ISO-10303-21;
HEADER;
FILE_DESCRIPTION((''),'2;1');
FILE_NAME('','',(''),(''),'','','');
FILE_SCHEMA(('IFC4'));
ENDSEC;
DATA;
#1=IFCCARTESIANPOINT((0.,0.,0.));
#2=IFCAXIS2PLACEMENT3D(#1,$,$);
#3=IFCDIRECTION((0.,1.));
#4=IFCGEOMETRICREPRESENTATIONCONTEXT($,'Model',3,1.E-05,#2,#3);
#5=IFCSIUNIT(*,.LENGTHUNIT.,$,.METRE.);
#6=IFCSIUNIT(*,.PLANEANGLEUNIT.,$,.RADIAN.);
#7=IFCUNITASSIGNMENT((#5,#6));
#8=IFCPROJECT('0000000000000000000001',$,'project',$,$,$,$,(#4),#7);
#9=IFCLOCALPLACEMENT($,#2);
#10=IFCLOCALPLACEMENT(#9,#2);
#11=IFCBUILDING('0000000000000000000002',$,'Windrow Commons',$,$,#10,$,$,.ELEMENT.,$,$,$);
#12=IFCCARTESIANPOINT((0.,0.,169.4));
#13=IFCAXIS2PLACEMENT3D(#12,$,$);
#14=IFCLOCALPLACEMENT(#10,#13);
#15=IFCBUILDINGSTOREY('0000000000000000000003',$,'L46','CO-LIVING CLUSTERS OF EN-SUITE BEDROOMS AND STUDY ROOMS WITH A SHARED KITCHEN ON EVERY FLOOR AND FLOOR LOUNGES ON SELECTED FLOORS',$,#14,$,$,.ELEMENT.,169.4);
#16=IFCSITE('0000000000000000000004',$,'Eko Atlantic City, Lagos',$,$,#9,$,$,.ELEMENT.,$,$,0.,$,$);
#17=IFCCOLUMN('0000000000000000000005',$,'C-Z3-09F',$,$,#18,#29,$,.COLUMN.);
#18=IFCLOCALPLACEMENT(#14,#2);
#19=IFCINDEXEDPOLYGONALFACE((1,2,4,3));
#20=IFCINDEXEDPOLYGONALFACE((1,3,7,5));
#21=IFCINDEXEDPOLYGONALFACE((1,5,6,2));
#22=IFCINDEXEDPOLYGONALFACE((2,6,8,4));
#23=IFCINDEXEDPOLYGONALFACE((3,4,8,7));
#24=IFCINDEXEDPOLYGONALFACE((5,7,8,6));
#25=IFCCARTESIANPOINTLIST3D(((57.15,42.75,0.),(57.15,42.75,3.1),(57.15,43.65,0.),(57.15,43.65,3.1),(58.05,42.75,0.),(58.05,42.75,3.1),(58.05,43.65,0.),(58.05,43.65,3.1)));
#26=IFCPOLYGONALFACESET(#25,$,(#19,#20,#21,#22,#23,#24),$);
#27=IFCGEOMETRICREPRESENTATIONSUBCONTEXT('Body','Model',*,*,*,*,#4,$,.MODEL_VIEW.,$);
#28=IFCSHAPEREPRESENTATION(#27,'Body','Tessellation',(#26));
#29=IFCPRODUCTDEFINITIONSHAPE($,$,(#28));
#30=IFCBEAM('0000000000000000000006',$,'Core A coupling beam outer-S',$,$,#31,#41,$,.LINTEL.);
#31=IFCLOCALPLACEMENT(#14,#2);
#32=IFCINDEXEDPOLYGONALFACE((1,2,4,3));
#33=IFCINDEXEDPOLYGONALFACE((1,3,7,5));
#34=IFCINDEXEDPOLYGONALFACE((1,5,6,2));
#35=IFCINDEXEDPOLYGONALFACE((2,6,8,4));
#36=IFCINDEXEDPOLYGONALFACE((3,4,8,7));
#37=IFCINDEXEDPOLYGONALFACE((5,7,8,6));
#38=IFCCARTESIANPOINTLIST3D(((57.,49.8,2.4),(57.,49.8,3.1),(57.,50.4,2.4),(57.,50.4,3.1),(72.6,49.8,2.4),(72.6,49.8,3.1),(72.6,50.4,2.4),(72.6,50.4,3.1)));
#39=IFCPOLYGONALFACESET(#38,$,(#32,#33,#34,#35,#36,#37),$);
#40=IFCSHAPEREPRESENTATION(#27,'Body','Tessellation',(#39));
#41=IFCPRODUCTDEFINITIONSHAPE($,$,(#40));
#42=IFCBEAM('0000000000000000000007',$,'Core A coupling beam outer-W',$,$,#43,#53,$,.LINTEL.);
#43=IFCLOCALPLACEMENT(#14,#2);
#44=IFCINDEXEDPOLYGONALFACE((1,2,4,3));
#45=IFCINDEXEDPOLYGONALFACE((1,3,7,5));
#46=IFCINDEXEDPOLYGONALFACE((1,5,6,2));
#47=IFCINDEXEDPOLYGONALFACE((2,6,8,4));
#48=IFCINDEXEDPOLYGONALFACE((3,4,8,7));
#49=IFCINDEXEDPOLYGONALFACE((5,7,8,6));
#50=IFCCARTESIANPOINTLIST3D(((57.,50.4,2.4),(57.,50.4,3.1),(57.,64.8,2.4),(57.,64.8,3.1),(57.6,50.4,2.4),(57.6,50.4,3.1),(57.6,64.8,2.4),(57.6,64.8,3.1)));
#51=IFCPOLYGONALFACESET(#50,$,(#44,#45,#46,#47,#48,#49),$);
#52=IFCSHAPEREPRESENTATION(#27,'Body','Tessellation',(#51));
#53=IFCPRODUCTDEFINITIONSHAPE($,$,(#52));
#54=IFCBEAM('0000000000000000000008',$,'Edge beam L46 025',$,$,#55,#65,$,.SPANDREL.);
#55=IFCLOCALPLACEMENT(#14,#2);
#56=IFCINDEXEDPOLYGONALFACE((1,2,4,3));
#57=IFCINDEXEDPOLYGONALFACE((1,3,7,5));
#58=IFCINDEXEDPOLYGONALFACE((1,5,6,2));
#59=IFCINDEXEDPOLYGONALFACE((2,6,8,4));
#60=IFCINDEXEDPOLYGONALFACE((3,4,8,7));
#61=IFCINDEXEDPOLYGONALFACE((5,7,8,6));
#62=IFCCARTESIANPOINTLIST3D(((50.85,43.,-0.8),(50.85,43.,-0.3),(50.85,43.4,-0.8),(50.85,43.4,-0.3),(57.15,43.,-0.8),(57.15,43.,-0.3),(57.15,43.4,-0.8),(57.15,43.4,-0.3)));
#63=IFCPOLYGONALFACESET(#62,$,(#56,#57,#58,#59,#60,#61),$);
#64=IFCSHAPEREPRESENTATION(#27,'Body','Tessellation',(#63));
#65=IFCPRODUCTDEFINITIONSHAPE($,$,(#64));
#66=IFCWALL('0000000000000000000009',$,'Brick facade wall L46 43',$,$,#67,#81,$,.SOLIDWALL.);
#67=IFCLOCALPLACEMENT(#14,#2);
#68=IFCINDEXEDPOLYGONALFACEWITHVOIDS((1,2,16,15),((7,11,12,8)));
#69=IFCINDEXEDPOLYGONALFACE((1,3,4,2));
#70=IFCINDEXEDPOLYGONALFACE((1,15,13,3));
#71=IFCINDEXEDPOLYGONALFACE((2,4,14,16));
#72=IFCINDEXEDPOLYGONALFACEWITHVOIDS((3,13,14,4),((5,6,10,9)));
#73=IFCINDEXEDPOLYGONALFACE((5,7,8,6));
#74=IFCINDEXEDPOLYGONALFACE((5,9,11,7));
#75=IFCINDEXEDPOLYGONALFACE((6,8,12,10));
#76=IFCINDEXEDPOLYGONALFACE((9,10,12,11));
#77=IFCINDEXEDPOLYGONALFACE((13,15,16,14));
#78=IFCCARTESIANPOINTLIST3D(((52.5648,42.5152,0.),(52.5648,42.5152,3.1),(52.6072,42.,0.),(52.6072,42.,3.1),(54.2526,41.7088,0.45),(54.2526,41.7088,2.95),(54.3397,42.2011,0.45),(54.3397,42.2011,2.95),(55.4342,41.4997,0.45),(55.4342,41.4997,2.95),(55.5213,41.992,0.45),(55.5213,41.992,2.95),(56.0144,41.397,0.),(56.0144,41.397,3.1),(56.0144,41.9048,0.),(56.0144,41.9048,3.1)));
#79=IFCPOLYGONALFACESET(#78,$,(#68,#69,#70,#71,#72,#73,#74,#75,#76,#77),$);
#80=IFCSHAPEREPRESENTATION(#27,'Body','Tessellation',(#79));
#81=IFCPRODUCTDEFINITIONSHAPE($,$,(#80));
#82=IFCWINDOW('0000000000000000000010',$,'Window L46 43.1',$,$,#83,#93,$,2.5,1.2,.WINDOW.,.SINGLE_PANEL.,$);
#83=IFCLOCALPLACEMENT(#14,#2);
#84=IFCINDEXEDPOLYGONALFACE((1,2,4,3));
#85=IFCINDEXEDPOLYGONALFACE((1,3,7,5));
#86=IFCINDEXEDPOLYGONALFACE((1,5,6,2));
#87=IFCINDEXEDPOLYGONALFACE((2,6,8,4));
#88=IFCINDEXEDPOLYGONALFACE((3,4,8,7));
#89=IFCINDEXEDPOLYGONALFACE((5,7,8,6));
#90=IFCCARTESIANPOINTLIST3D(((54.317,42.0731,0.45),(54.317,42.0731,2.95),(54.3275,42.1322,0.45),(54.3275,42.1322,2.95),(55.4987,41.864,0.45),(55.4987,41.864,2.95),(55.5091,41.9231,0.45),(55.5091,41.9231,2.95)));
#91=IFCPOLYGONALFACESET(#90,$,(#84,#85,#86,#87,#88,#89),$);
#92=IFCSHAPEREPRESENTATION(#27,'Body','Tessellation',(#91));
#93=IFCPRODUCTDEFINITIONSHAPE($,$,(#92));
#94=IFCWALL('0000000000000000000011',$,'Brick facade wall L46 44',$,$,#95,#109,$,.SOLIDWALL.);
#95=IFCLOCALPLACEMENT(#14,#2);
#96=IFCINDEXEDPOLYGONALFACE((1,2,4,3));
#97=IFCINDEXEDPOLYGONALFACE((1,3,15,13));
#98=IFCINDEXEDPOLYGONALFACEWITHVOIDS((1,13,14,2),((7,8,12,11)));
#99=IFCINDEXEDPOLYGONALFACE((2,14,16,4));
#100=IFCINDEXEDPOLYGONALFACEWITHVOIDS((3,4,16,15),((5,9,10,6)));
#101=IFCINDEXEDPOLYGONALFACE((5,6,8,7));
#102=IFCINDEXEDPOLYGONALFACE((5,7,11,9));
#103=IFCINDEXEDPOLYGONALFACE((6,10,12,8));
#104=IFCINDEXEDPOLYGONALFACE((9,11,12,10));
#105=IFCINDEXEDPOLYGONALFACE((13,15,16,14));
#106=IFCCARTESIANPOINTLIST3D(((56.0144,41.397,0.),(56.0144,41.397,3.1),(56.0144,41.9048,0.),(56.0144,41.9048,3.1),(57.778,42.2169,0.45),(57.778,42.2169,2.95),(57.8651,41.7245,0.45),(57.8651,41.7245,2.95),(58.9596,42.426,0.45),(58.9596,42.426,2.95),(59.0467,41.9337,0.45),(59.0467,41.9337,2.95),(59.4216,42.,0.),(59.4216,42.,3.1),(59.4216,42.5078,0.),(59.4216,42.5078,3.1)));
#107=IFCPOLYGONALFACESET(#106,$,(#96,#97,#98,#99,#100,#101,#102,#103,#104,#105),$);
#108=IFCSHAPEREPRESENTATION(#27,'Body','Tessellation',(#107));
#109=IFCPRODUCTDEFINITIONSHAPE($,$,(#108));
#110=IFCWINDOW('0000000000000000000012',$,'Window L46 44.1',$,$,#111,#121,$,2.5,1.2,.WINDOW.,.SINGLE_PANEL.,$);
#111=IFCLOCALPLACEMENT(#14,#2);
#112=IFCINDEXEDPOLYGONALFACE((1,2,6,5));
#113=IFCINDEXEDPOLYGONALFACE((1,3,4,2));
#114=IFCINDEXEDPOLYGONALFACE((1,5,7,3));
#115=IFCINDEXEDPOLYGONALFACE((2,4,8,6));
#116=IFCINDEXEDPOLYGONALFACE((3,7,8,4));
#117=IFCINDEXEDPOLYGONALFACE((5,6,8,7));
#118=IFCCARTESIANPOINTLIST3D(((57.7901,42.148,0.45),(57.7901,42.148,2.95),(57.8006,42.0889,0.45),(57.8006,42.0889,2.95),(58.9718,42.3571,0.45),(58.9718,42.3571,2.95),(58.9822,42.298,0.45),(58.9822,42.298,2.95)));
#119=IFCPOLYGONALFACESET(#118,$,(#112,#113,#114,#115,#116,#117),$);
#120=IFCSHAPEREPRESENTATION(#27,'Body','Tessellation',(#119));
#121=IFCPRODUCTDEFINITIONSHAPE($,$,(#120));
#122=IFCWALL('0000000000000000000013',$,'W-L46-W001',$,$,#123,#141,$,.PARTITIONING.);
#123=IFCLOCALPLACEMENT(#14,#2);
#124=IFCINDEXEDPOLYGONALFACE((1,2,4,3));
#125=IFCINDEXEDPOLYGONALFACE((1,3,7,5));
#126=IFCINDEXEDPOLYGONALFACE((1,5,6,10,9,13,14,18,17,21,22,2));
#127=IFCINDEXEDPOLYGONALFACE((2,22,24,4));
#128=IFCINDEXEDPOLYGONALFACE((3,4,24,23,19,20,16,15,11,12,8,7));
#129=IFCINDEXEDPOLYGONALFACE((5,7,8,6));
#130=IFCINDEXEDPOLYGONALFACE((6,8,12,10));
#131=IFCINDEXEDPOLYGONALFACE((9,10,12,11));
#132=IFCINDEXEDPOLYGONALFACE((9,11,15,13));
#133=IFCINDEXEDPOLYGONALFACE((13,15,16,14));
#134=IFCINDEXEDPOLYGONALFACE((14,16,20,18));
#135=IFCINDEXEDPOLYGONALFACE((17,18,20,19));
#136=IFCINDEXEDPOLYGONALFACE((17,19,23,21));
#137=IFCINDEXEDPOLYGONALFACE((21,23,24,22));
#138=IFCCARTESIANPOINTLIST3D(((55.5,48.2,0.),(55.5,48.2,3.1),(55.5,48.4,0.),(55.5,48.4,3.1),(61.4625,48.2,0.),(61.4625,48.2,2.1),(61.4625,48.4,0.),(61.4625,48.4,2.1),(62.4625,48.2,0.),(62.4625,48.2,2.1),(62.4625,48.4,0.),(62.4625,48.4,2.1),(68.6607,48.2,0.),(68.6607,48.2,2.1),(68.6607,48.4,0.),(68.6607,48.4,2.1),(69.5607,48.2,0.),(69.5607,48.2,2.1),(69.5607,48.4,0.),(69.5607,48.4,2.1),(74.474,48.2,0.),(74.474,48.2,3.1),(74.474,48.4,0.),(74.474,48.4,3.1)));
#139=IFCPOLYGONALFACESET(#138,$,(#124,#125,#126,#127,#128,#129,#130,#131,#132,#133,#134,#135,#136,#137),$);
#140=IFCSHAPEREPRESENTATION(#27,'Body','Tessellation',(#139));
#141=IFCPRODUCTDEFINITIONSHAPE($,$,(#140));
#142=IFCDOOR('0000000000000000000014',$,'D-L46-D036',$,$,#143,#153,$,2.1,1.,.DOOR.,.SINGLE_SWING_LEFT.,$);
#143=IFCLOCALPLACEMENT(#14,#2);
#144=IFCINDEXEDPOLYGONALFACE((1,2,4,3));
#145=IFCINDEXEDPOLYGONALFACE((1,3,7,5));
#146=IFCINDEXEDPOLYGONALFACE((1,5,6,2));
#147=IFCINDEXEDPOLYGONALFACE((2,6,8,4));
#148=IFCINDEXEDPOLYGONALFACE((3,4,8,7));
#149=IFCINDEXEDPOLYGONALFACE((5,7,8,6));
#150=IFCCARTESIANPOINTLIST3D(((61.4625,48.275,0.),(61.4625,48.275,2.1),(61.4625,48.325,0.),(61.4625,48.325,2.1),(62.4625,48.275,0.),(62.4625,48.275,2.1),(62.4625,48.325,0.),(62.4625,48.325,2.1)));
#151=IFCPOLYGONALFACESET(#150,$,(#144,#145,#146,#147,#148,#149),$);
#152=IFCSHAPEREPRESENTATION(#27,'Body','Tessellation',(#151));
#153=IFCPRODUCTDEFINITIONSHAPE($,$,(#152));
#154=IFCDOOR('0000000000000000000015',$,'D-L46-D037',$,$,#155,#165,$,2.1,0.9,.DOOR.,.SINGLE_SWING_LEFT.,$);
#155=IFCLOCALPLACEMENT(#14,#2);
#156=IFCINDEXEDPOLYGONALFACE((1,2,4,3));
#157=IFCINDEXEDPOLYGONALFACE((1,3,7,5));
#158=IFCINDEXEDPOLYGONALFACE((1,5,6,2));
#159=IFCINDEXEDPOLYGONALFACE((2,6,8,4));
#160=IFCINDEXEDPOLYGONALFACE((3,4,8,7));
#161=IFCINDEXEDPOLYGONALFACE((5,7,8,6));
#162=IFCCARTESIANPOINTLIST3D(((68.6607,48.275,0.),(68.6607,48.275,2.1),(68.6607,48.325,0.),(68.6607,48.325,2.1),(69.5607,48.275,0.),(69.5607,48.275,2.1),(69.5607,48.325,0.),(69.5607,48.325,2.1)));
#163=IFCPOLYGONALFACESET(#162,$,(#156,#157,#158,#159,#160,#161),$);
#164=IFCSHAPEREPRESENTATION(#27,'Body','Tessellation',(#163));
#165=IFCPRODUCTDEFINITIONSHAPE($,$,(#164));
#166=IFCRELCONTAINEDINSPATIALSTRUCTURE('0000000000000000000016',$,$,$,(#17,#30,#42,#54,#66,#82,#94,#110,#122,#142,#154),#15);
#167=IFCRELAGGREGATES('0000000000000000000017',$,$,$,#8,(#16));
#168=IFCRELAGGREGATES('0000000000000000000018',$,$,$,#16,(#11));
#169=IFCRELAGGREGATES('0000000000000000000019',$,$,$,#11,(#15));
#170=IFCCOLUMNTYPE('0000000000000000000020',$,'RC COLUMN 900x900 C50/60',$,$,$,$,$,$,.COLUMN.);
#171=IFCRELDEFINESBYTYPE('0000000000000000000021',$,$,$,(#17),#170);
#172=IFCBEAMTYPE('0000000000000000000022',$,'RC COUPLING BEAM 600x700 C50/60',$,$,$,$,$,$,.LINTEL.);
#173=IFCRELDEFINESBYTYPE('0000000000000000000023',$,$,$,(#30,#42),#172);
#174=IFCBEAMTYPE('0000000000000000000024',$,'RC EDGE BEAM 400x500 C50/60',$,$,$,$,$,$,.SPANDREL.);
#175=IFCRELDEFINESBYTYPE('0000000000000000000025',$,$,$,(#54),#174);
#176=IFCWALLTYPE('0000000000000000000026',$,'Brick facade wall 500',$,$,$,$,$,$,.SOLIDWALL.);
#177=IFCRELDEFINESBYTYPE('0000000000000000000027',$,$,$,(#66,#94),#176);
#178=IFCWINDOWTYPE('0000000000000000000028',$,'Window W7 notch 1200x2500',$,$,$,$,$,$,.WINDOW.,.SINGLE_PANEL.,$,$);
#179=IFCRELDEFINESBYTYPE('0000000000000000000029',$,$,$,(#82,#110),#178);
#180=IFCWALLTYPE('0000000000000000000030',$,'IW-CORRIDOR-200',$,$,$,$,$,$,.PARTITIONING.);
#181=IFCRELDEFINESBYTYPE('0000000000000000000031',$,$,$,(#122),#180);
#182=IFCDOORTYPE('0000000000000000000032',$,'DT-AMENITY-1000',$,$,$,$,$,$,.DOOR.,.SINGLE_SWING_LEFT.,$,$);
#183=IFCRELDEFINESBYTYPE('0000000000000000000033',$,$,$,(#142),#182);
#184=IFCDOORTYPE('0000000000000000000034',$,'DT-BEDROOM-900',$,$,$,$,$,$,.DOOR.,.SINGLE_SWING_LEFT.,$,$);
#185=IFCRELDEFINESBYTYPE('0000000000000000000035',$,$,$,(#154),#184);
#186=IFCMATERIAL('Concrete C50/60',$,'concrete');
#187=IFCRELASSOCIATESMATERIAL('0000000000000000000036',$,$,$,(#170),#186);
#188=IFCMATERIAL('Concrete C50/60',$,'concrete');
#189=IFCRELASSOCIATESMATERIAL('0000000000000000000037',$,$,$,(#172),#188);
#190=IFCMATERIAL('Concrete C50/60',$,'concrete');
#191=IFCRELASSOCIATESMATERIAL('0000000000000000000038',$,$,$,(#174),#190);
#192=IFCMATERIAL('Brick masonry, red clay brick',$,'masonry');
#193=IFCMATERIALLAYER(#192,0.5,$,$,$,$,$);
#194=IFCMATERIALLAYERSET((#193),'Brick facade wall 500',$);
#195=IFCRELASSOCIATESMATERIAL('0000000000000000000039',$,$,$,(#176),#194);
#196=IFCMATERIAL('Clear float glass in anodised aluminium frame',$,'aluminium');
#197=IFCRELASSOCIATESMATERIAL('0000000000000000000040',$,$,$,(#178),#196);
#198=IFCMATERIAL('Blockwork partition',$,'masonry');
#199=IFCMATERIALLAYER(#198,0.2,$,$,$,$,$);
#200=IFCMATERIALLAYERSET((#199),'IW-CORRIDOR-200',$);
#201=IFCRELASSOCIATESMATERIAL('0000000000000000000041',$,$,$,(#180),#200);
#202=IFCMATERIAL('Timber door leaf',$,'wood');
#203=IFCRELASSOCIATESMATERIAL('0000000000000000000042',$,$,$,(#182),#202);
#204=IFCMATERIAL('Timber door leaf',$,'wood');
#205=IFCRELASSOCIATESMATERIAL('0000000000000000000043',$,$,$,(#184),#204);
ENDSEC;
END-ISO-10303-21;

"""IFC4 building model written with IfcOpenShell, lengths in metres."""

from ifc_helpers import new_model, si_unit, direction, frame, frame_2d, origin, origin_2d, place, context, subcontext, project, spatial, polyline, rectangle, outline, extrude, material, layer, layer_set, material_profile, profile_set, type_object, element, fill, save


model = new_model("IFC4")

# Units and contexts
model_context = context("Model", 3, precision=1e-05, world=origin(), true_north=direction((0.0, 1.0)))
body_context = subcontext(model_context, "Body", "Model", "MODEL_VIEW")
ifc_project = project(units=[si_unit("LENGTHUNIT", "METRE"), si_unit("PLANEANGLEUNIT", "RADIAN")], contexts=[model_context])

# Site, building, storey
site_placement = place(None, origin())
site = spatial("IfcSite", under=ifc_project, at=site_placement, Name="Eko Atlantic City, Lagos", CompositionType="ELEMENT", RefElevation=0.0)
building_placement = place(site_placement, origin())
building = spatial("IfcBuilding", under=site, at=building_placement, Name="Windrow Commons", CompositionType="ELEMENT")
storey_placement = place(building_placement, frame((0.0, 0.0, 169.4)))
storey = spatial("IfcBuildingStorey", under=building, at=storey_placement, Name="L46", Description="CO-LIVING CLUSTERS OF EN-SUITE BEDROOMS AND STUDY ROOMS WITH A SHARED KITCHEN ON EVERY FLOOR AND FLOOR LOUNGES ON SELECTED FLOORS", CompositionType="ELEMENT", Elevation=169.4)

# Column
ifc_material_1 = material(Name="Concrete C50/60", Category="concrete")
ifc_material_profile_1 = material_profile(ifc_material_1, rectangle(XDim=0.9, YDim=0.9, at=origin_2d()))
ifc_profile_set_1 = profile_set([ifc_material_profile_1], Name="Concrete C50/60")
column_type = type_object("IfcColumnType", Name="RC COLUMN 900x900 C50/60", PredefinedType="COLUMN", material=ifc_profile_set_1)
column_placement = place(storey_placement, frame((57.6, 43.2, 0.0), z_axis=(0.0, 0.0, 1.0), x_axis=(1.0, 0.0, 0.0)))
element("IfcColumn", 1, at=column_placement, inside=storey, type_object=column_type, Name="C-Z3-09F", PredefinedType="COLUMN", context=body_context, shape_type="SweptSolid", body=[
    extrude(rectangle(XDim=0.9, YDim=0.9, at=origin_2d()), origin(), (0.0, 0.0, 1.0), 3.1),
])

# Beams
ifc_material_2 = material(Name="Concrete C50/60", Category="concrete")
ifc_material_profile_2 = material_profile(ifc_material_2, rectangle(XDim=0.6, YDim=0.7, at=origin_2d()))
ifc_profile_set_2 = profile_set([ifc_material_profile_2], Name="Concrete C50/60")
beam_type_1 = type_object("IfcBeamType", Name="RC COUPLING BEAM 600x700 C50/60", PredefinedType="LINTEL", material=ifc_profile_set_2)
beam_1_placement = place(storey_placement, frame((57.0, 50.1, 2.75), z_axis=(1.0, 0.0, 0.0), x_axis=(0.0, 1.0, 0.0)))
element("IfcBeam", 2, at=beam_1_placement, inside=storey, type_object=beam_type_1, Name="Core A coupling beam outer-S", PredefinedType="LINTEL", context=body_context, shape_type="SweptSolid", body=[
    extrude(rectangle(XDim=0.6, YDim=0.7, at=origin_2d()), origin(), (0.0, 0.0, 1.0), 15.6),
])
beam_2_placement = place(storey_placement, frame((57.3, 50.4, 2.75), z_axis=(0.0, 1.0, 0.0), x_axis=(-1.0, 0.0, 0.0)))
element("IfcBeam", 3, at=beam_2_placement, inside=storey, type_object=beam_type_1, Name="Core A coupling beam outer-W", PredefinedType="LINTEL", context=body_context, shape_type="SweptSolid", body=[
    extrude(rectangle(XDim=0.6, YDim=0.7, at=origin_2d()), origin(), (0.0, 0.0, 1.0), 14.4),
])
ifc_material_3 = material(Name="Concrete C50/60", Category="concrete")
ifc_material_profile_3 = material_profile(ifc_material_3, rectangle(XDim=0.4, YDim=0.5, at=origin_2d()))
ifc_profile_set_3 = profile_set([ifc_material_profile_3], Name="Concrete C50/60")
beam_type_2 = type_object("IfcBeamType", Name="RC EDGE BEAM 400x500 C50/60", PredefinedType="SPANDREL", material=ifc_profile_set_3)
beam_3_placement = place(storey_placement, frame((57.15, 43.2, -0.55), z_axis=(-1.0, 0.0, 0.0), x_axis=(0.0, -1.0, 0.0)))
element("IfcBeam", 4, at=beam_3_placement, inside=storey, type_object=beam_type_2, Name="Edge beam L46 025", PredefinedType="SPANDREL", context=body_context, shape_type="SweptSolid", body=[
    extrude(rectangle(XDim=0.4, YDim=0.5, at=origin_2d()), origin(), (0.0, 0.0, 1.0), 6.3),
])

# Walls, openings, windows
ifc_material_4 = material(Name="Brick masonry, red clay brick", Category="masonry")
ifc_layer_1 = layer(ifc_material_4, 0.5)
ifc_layer_set_1 = layer_set([ifc_layer_1], Name="Brick facade wall 500")
wall_type_1 = type_object("IfcWallType", Name="Brick facade wall 500", PredefinedType="SOLIDWALL", material=ifc_layer_set_1)
wall_1_placement = place(storey_placement, frame((52.586, 42.2576, 0.0), z_axis=(0.0, 0.0, 1.0), x_axis=(0.9847, -0.174256, 0.0)))
wall_1 = element("IfcWall", 5, at=wall_1_placement, inside=storey, type_object=wall_type_1, Name="Brick facade wall L46 43", PredefinedType="SOLIDWALL", context=body_context, shape_type="SweptSolid", body=[
    extrude(outline(polyline([(0.0658, -0.25), (3.5259, -0.25), (3.4374, 0.25), (-0.0658, 0.25), (0.0658, -0.25)])), origin(), (0.0, 0.0, 1.0), 3.1),
])
opening_1_placement = place(wall_1_placement, frame((1.7367, 0.0, 0.45)))
opening_1 = element("IfcOpeningElement", 6, at=opening_1_placement, cuts=wall_1, PredefinedType="OPENING", context=body_context, shape_type="SweptSolid", body=[
    extrude(rectangle(XDim=1.2, YDim=2.5, at=frame_2d((0.6, 1.25))), frame((0.0, 0.26, 0.0), z_axis=(0.0, -1.0, 0.0), x_axis=(1.0, 0.0, 0.0)), (0.0, 0.0, 1.0), 0.52),
])
ifc_material_5 = material(Name="Clear float glass in anodised aluminium frame", Category="aluminium")
window_type = type_object("IfcWindowType", Name="Window W7 notch 1200x2500", PartitioningType="SINGLE_PANEL", PredefinedType="WINDOW", material=ifc_material_5)
window_1_placement = place(opening_1_placement, origin())
window_1 = element("IfcWindow", 7, at=window_1_placement, inside=storey, type_object=window_type, Name="Window L46 43.1", OverallHeight=2.5, OverallWidth=1.2, PartitioningType="SINGLE_PANEL", PredefinedType="WINDOW", context=body_context, shape_type="SweptSolid", body=[
    extrude(rectangle(XDim=1.2, YDim=2.5, at=frame_2d((0.6, 1.25))), frame((0.0, 0.18, 0.0), z_axis=(0.0, -1.0, 0.0), x_axis=(1.0, 0.0, 0.0)), (0.0, 0.0, 1.0), 0.06),
])
fill(opening_1, window_1)
wall_2_placement = place(storey_placement, frame((56.0144, 41.6509, 0.0), z_axis=(0.0, 0.0, 1.0), x_axis=(0.984698, 0.17427, 0.0)))
wall_2 = element("IfcWall", 8, at=wall_2_placement, inside=storey, type_object=wall_type_1, Name="Brick facade wall L46 44", PredefinedType="SOLIDWALL", context=body_context, shape_type="SweptSolid", body=[
    extrude(outline(polyline([(-0.0442, -0.25), (3.4159, -0.25), (3.5044, 0.25), (0.0442, 0.25), (-0.0442, -0.25)])), origin(), (0.0, 0.0, 1.0), 3.1),
])
opening_2_placement = place(wall_2_placement, frame((1.8352, 0.0, 0.45)))
opening_2 = element("IfcOpeningElement", 9, at=opening_2_placement, cuts=wall_2, PredefinedType="OPENING", context=body_context, shape_type="SweptSolid", body=[
    extrude(rectangle(XDim=1.2, YDim=2.5, at=frame_2d((0.6, 1.25))), frame((0.0, 0.26, 0.0), z_axis=(0.0, -1.0, 0.0), x_axis=(1.0, 0.0, 0.0)), (0.0, 0.0, 1.0), 0.52),
])
window_2_placement = place(opening_2_placement, origin())
window_2 = element("IfcWindow", 10, at=window_2_placement, inside=storey, type_object=window_type, Name="Window L46 44.1", OverallHeight=2.5, OverallWidth=1.2, PartitioningType="SINGLE_PANEL", PredefinedType="WINDOW", context=body_context, shape_type="SweptSolid", body=[
    extrude(rectangle(XDim=1.2, YDim=2.5, at=frame_2d((0.6, 1.25))), frame((0.0, 0.18, 0.0), z_axis=(0.0, -1.0, 0.0), x_axis=(1.0, 0.0, 0.0)), (0.0, 0.0, 1.0), 0.06),
])
fill(opening_2, window_2)

# Wall, openings, doors
ifc_material_6 = material(Name="Blockwork partition", Category="masonry")
ifc_layer_2 = layer(ifc_material_6, 0.2)
ifc_layer_set_2 = layer_set([ifc_layer_2], Name="IW-CORRIDOR-200")
wall_type_2 = type_object("IfcWallType", Name="IW-CORRIDOR-200", PredefinedType="PARTITIONING", material=ifc_layer_set_2)
wall_3_placement = place(storey_placement, frame((55.5, 48.3, 0.0), z_axis=(0.0, 0.0, 1.0), x_axis=(1.0, 0.0, 0.0)))
wall_3 = element("IfcWall", 11, at=wall_3_placement, inside=storey, type_object=wall_type_2, Name="W-L46-W001", PredefinedType="PARTITIONING", context=body_context, shape_type="SweptSolid", body=[
    extrude(rectangle(XDim=18.974, YDim=0.2, at=frame_2d((9.487, 0.0))), origin(), (0.0, 0.0, 1.0), 3.1),
])
opening_3_placement = place(wall_3_placement, frame((5.9625, 0.0, 0.0)))
opening_3 = element("IfcOpeningElement", 12, at=opening_3_placement, cuts=wall_3, PredefinedType="OPENING", context=body_context, shape_type="SweptSolid", body=[
    extrude(rectangle(XDim=1.0, YDim=2.1, at=frame_2d((0.5, 1.05))), frame((0.0, 0.11, 0.0), z_axis=(0.0, -1.0, 0.0), x_axis=(1.0, 0.0, 0.0)), (0.0, 0.0, 1.0), 0.22),
])
opening_4_placement = place(wall_3_placement, frame((13.1607, 0.0, 0.0)))
opening_4 = element("IfcOpeningElement", 13, at=opening_4_placement, cuts=wall_3, PredefinedType="OPENING", context=body_context, shape_type="SweptSolid", body=[
    extrude(rectangle(XDim=0.9, YDim=2.1, at=frame_2d((0.45, 1.05))), frame((0.0, 0.11, 0.0), z_axis=(0.0, -1.0, 0.0), x_axis=(1.0, 0.0, 0.0)), (0.0, 0.0, 1.0), 0.22),
])
ifc_material_7 = material(Name="Timber door leaf", Category="wood")
door_type_1 = type_object("IfcDoorType", Name="DT-AMENITY-1000", OperationType="SINGLE_SWING_LEFT", PredefinedType="DOOR", material=ifc_material_7)
door_1_placement = place(opening_3_placement, origin())
door_1 = element("IfcDoor", 14, at=door_1_placement, inside=storey, type_object=door_type_1, Name="D-L46-D036", OperationType="SINGLE_SWING_LEFT", OverallHeight=2.1, OverallWidth=1.0, PredefinedType="DOOR", context=body_context, shape_type="SweptSolid", body=[
    extrude(rectangle(XDim=1.0, YDim=2.1, at=frame_2d((0.5, 1.05))), frame((0.0, 0.025, 0.0), z_axis=(0.0, -1.0, 0.0), x_axis=(1.0, 0.0, 0.0)), (0.0, 0.0, 1.0), 0.05),
])
fill(opening_3, door_1)
ifc_material_8 = material(Name="Timber door leaf", Category="wood")
door_type_2 = type_object("IfcDoorType", Name="DT-BEDROOM-900", OperationType="SINGLE_SWING_LEFT", PredefinedType="DOOR", material=ifc_material_8)
door_2_placement = place(opening_4_placement, origin())
door_2 = element("IfcDoor", 15, at=door_2_placement, inside=storey, type_object=door_type_2, Name="D-L46-D037", OperationType="SINGLE_SWING_LEFT", OverallHeight=2.1, OverallWidth=0.9, PredefinedType="DOOR", context=body_context, shape_type="SweptSolid", body=[
    extrude(rectangle(XDim=0.9, YDim=2.1, at=frame_2d((0.45, 1.05))), frame((0.0, 0.025, 0.0), z_axis=(0.0, -1.0, 0.0), x_axis=(1.0, 0.0, 0.0)), (0.0, 0.0, 1.0), 0.05),
])
fill(opening_4, door_2)

save(model, "model.ifc")
